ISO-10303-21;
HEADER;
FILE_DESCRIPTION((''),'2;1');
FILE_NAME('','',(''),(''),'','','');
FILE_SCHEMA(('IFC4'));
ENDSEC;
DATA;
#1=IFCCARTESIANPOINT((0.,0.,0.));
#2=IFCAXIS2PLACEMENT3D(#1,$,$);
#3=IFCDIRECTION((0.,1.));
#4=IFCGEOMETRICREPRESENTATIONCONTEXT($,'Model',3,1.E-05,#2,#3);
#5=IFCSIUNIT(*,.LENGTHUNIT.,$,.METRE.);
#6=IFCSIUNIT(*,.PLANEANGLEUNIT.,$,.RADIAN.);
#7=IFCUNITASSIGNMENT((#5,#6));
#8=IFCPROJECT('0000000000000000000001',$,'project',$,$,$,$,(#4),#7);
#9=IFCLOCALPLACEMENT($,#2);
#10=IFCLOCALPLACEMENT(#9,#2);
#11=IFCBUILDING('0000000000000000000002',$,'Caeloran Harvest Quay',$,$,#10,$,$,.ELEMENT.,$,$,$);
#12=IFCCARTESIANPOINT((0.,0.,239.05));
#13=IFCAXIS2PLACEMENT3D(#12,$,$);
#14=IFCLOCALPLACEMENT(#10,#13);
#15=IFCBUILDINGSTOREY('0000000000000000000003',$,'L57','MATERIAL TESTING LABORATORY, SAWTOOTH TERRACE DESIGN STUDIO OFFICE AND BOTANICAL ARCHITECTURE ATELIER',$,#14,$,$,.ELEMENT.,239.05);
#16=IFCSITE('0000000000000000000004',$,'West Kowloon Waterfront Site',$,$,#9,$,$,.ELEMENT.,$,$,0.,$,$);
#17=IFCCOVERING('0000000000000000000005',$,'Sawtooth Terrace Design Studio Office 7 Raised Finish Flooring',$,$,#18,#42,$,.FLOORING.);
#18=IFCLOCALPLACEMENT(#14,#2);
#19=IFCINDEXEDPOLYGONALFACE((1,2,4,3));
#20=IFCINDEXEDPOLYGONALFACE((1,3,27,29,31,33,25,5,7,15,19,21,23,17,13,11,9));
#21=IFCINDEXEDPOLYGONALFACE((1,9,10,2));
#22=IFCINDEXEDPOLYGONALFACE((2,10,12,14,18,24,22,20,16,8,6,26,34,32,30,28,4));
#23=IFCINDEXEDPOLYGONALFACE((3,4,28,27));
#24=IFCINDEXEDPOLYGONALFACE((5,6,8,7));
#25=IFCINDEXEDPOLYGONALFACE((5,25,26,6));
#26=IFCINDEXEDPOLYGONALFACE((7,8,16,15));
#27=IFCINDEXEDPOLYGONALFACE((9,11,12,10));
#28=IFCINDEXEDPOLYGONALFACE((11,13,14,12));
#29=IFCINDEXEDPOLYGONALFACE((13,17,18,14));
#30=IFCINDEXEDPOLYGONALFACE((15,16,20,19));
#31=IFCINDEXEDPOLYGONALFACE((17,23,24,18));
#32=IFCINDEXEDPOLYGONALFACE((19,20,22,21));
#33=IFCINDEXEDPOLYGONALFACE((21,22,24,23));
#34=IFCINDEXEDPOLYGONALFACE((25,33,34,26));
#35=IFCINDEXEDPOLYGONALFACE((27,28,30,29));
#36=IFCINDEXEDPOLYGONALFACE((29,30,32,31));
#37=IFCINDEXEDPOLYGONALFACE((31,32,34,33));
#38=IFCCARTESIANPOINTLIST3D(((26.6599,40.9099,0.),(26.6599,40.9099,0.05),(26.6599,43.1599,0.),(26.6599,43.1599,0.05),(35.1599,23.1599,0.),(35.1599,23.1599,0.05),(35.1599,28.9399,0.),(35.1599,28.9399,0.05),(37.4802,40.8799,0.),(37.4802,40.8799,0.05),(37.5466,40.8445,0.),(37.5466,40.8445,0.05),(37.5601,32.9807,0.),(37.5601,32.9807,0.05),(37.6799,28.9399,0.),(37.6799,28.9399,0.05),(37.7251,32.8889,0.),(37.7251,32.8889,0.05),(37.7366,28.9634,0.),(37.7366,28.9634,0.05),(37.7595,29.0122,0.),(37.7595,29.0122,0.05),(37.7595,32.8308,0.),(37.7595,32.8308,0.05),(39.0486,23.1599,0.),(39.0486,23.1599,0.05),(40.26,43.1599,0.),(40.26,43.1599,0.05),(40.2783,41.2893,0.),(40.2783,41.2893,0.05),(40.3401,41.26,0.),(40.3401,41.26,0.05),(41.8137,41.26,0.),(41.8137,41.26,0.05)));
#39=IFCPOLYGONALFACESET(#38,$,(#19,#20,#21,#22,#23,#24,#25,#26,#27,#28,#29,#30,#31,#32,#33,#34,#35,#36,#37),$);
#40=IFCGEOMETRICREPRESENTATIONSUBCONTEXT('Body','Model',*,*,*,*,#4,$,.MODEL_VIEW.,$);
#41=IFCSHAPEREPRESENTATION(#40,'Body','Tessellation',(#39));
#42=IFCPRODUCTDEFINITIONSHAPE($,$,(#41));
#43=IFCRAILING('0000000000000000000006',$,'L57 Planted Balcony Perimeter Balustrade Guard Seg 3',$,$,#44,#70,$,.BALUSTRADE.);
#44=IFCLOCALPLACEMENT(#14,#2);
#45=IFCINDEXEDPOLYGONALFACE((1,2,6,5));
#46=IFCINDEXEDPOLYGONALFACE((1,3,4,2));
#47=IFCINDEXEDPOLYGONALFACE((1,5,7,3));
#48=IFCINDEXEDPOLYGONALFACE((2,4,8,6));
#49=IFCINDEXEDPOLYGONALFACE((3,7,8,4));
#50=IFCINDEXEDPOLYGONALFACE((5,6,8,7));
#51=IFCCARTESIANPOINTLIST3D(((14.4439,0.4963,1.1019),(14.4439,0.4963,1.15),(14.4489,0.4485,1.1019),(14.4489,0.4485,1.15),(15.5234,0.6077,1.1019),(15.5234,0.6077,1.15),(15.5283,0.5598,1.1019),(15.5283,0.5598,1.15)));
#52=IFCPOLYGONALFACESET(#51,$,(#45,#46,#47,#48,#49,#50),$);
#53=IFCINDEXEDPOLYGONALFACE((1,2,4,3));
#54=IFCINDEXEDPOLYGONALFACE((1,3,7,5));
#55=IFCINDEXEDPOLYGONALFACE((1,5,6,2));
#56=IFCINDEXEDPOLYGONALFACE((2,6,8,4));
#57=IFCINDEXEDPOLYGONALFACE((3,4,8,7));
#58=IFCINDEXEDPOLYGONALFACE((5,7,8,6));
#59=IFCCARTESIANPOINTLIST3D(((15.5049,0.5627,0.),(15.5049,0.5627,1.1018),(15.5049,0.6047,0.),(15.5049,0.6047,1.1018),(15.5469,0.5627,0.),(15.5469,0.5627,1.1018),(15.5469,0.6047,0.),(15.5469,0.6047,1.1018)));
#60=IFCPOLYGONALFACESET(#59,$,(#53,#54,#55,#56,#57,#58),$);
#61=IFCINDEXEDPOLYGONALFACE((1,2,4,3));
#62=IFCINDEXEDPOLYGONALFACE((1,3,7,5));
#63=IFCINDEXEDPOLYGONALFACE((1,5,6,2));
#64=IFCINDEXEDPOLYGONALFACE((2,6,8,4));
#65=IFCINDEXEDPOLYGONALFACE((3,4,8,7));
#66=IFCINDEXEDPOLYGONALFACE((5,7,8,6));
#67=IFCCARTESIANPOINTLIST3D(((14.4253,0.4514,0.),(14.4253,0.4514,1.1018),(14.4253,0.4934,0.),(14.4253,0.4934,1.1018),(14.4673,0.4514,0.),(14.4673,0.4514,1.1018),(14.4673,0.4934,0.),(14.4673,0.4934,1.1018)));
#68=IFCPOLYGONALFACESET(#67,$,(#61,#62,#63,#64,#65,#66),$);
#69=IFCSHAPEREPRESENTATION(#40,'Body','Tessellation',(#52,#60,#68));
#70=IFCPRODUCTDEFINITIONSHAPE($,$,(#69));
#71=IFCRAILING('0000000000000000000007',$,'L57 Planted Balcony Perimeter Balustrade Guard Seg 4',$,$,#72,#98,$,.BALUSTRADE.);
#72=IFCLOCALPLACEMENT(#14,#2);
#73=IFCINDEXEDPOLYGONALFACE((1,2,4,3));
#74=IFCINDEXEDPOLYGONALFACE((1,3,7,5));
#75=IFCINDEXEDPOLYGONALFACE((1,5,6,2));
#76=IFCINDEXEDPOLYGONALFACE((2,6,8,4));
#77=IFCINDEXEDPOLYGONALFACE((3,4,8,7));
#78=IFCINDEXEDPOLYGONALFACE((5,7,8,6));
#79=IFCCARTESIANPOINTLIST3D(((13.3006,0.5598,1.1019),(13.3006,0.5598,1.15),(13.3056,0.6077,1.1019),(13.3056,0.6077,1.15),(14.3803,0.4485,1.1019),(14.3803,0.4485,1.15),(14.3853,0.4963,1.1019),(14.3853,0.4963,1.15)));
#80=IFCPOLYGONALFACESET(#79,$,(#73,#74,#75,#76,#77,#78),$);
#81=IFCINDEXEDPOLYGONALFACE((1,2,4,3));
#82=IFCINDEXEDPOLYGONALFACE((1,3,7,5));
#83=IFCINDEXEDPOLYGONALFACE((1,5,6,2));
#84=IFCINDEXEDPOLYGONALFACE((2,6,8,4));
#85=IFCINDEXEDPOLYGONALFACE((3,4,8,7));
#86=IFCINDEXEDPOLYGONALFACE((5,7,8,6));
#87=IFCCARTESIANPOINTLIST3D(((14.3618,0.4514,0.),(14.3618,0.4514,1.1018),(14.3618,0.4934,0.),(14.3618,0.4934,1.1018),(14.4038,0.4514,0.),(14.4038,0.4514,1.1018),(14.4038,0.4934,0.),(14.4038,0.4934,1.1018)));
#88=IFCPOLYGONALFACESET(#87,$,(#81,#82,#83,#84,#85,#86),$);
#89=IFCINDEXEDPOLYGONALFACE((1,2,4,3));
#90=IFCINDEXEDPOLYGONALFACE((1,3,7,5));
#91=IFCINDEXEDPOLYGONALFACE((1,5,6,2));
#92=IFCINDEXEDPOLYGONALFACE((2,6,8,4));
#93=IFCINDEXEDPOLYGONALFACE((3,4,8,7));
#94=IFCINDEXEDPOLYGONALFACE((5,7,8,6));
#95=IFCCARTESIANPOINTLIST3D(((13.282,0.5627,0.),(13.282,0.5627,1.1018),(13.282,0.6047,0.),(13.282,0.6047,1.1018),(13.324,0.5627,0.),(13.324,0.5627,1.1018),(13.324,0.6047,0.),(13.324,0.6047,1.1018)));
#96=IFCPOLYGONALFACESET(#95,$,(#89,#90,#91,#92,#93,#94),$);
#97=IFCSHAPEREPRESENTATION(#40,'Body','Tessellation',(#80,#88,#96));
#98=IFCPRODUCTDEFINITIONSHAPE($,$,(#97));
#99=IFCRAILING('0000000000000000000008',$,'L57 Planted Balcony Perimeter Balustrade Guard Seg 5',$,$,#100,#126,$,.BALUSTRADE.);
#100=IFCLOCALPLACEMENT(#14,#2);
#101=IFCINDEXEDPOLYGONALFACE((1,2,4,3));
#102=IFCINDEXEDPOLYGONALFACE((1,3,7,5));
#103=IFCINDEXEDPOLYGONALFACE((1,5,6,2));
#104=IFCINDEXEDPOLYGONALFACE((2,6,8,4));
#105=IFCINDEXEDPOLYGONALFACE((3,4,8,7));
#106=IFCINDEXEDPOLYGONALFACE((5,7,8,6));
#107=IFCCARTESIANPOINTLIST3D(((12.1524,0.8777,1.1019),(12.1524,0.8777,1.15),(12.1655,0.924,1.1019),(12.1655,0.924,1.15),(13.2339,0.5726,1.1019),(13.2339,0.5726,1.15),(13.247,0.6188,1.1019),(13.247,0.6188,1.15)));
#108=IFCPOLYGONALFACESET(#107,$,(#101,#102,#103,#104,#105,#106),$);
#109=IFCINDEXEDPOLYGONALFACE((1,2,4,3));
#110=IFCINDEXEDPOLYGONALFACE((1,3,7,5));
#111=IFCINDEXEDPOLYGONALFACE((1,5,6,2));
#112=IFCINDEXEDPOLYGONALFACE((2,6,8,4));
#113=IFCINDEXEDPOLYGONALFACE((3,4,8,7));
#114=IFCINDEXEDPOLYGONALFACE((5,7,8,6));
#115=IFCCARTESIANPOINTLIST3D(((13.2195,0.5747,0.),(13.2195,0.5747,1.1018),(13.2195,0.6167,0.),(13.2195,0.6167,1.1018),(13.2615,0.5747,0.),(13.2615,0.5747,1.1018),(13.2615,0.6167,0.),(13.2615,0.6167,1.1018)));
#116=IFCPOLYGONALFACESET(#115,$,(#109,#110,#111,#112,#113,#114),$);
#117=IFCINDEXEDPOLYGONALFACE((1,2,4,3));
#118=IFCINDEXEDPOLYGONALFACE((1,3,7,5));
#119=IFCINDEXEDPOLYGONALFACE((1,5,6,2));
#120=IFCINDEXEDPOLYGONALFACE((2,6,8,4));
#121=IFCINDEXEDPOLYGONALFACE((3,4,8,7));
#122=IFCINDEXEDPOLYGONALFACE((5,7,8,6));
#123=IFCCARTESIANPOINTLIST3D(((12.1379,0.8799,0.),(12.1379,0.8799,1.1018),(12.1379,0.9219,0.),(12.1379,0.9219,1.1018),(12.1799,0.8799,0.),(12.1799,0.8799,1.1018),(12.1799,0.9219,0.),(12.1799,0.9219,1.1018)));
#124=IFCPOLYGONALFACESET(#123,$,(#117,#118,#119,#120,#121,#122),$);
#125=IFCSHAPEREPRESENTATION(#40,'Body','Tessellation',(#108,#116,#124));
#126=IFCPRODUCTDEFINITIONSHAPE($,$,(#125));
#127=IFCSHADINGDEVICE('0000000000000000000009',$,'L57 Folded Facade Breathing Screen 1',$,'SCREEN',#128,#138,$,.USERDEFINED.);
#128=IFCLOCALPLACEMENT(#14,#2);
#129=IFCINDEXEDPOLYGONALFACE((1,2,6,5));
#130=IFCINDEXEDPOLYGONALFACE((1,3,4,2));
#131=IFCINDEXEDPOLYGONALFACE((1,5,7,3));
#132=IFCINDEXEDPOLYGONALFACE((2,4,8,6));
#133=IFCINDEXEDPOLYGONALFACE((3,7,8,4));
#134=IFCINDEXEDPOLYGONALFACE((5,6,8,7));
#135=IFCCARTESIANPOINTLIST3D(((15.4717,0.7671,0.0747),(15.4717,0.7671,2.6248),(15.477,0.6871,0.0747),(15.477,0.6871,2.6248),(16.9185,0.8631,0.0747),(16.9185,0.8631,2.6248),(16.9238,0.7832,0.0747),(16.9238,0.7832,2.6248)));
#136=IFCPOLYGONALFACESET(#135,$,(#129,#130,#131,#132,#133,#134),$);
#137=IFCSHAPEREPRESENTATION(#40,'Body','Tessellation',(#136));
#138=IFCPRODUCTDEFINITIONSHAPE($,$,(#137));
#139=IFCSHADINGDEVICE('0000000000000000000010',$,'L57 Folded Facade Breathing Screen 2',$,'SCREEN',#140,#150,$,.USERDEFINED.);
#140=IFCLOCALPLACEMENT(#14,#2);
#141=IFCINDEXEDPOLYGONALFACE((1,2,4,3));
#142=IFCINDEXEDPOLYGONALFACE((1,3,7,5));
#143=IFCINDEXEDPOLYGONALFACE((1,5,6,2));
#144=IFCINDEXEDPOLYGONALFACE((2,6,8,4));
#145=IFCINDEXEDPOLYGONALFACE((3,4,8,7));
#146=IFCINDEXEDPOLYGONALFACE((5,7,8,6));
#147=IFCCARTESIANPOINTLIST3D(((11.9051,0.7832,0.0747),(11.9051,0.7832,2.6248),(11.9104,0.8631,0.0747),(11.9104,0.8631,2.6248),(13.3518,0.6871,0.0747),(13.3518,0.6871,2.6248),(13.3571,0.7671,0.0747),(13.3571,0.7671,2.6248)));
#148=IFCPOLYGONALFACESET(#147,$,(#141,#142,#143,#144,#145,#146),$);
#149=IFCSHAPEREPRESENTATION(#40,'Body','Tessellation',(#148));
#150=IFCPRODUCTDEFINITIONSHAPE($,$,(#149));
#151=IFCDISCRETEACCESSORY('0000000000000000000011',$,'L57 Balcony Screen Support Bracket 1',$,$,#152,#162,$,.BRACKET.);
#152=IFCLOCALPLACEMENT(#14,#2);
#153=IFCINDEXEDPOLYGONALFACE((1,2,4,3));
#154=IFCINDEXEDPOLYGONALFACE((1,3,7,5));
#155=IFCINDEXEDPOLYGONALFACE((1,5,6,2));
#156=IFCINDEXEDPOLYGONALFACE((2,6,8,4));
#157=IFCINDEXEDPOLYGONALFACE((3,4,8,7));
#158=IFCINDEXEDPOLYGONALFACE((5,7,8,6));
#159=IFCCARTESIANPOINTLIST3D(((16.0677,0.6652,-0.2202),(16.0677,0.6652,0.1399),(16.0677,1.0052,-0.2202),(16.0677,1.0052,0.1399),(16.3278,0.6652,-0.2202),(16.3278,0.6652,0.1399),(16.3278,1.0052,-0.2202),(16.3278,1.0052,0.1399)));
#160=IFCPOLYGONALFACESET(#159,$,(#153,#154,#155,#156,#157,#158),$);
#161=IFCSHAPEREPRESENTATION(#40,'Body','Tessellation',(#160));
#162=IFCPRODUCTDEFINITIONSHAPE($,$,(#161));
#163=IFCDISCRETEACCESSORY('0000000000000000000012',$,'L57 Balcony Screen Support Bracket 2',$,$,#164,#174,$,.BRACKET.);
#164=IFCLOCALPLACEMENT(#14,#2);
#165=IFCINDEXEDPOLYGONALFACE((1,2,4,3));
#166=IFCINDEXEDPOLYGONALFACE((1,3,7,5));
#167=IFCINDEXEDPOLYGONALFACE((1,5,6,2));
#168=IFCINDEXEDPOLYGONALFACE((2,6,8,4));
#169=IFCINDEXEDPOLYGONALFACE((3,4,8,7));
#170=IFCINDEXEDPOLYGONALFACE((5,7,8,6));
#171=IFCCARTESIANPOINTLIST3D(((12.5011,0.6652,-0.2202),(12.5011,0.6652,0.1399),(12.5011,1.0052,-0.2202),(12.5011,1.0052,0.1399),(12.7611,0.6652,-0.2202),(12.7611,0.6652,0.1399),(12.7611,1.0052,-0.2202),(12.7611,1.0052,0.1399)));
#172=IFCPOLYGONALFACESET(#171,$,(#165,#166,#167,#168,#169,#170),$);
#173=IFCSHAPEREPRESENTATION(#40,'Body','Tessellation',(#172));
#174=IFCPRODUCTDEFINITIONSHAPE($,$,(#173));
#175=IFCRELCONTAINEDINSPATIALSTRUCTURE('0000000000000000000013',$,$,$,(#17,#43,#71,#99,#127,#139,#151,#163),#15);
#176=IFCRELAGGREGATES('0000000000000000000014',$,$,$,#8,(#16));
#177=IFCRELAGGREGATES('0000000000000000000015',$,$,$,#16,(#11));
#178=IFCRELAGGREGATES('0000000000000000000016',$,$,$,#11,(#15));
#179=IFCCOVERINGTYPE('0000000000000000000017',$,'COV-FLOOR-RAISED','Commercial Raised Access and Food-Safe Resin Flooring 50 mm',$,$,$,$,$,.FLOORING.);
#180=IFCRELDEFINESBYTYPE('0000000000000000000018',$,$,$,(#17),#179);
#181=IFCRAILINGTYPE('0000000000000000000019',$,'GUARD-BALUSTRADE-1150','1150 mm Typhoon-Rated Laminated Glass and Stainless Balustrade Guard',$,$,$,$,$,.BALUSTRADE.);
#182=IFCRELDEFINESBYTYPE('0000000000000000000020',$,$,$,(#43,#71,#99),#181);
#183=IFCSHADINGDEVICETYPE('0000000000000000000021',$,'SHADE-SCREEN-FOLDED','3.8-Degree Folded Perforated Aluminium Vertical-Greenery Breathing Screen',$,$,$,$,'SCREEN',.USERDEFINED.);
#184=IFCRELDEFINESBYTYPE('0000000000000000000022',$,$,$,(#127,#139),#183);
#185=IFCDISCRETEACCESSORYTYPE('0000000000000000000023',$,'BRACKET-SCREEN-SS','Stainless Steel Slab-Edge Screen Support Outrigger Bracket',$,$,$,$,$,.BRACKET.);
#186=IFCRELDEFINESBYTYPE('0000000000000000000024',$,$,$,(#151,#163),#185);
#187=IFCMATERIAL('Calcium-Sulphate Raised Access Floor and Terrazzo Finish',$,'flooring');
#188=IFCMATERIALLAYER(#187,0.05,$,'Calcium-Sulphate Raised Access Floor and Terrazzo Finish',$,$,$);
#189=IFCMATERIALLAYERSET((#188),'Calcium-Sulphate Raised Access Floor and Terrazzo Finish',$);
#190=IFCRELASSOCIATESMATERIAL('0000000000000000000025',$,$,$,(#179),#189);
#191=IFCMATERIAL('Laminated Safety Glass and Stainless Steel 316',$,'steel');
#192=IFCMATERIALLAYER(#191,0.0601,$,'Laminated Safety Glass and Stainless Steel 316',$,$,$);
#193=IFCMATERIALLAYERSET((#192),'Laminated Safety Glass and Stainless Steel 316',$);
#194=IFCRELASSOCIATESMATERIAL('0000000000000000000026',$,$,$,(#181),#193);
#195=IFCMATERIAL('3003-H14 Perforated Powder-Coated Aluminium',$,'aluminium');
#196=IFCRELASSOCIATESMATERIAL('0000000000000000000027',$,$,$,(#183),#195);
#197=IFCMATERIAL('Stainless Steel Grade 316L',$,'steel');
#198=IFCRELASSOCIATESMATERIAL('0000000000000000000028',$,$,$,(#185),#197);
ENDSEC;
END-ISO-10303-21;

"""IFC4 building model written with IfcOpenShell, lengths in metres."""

from ifc_helpers import new_model, si_unit, direction, frame, origin, origin_2d, place, context, subcontext, project, spatial, polyline, rectangle, outline, extrude, material, layer, layer_set, type_object, element, save


model = new_model("IFC4")

# Units and contexts
model_context = context("Model", 3, precision=1e-05, world=origin(), true_north=direction((0.0, 1.0)))
body_context = subcontext(model_context, "Body", "Model", "MODEL_VIEW")
ifc_project = project(units=[si_unit("LENGTHUNIT", "METRE"), si_unit("PLANEANGLEUNIT", "RADIAN")], contexts=[model_context])

# Site, building, storey
site_placement = place(None, origin())
site = spatial("IfcSite", under=ifc_project, at=site_placement, Name="West Kowloon Waterfront Site", CompositionType="ELEMENT", RefElevation=0.0)
building_placement = place(site_placement, origin())
building = spatial("IfcBuilding", under=site, at=building_placement, Name="Caeloran Harvest Quay", CompositionType="ELEMENT")
storey_placement = place(building_placement, frame((0.0, 0.0, 239.05)))
storey = spatial("IfcBuildingStorey", under=building, at=storey_placement, Name="L57", Description="MATERIAL TESTING LABORATORY, SAWTOOTH TERRACE DESIGN STUDIO OFFICE AND BOTANICAL ARCHITECTURE ATELIER", CompositionType="ELEMENT", Elevation=239.05)

# Covering
ifc_material_1 = material(Name="Calcium-Sulphate Raised Access Floor and Terrazzo Finish", Category="flooring")
ifc_layer_1 = layer(ifc_material_1, 0.05, Name="Calcium-Sulphate Raised Access Floor and Terrazzo Finish")
ifc_layer_set_1 = layer_set([ifc_layer_1], Name="Calcium-Sulphate Raised Access Floor and Terrazzo Finish")
covering_type_1 = type_object("IfcCoveringType", Name="COV-FLOOR-RAISED", Description="Commercial Raised Access and Food-Safe Resin Flooring 50 mm", PredefinedType="FLOORING", material=ifc_layer_set_1)
covering_1_placement = place(storey_placement, origin())
element("IfcCovering", 1, at=covering_1_placement, inside=storey, type_object=covering_type_1, Name="Sawtooth Terrace Design Studio Office 7 Raised Finish Flooring", PredefinedType="FLOORING", context=body_context, shape_type="SweptSolid", body=[
    extrude(outline(polyline([(26.6599, 43.1599), (40.26, 43.1599), (40.2783, 41.2893), (40.3401, 41.26), (41.8137, 41.26), (39.0486, 23.1599), (35.1599, 23.1599), (35.1599, 28.9399), (37.6799, 28.9399), (37.7366, 28.9634), (37.7595, 29.0122), (37.7595, 32.8308), (37.7251, 32.8889), (37.5601, 32.9807), (37.5466, 40.8445), (37.4802, 40.8799), (26.6599, 40.9099), (26.6599, 43.1599)])), origin(), (0.0, 0.0, 1.0), 0.05),
])

# Railings
ifc_material_2 = material(Name="Laminated Safety Glass and Stainless Steel 316", Category="steel")
ifc_layer_2 = layer(ifc_material_2, 0.0601, Name="Laminated Safety Glass and Stainless Steel 316")
ifc_layer_set_2 = layer_set([ifc_layer_2], Name="Laminated Safety Glass and Stainless Steel 316")
railing_type = type_object("IfcRailingType", Name="GUARD-BALUSTRADE-1150", Description="1150 mm Typhoon-Rated Laminated Glass and Stainless Balustrade Guard", PredefinedType="BALUSTRADE", material=ifc_layer_set_2)
railing_1_placement = place(storey_placement, frame((15.5259, 0.5837, 0.0)))
element("IfcRailing", 2, at=railing_1_placement, inside=storey, type_object=railing_type, Name="L57 Planted Balcony Perimeter Balustrade Guard Seg 3", PredefinedType="BALUSTRADE", context=body_context, shape_type="SweptSolid", body=[
    extrude(rectangle(XDim=0.0481, YDim=0.0481, at=origin_2d()), frame((0.0, 0.0, 1.126), z_axis=(-0.994725, -0.102577, 0.0), x_axis=(0.102577, -0.994725, 0.0)), (0.0, 0.0, 1.0), 1.0852),
    extrude(rectangle(XDim=0.042, YDim=0.042, at=origin_2d()), origin(), (0.0, 0.0, 1.0), 1.1018),
    extrude(rectangle(XDim=0.042, YDim=0.042, at=origin_2d()), frame((-1.0796, -0.1113, 0.0)), (0.0, 0.0, 1.0), 1.1018),
])
railing_2_placement = place(storey_placement, frame((14.3828, 0.4724, 0.0)))
element("IfcRailing", 3, at=railing_2_placement, inside=storey, type_object=railing_type, Name="L57 Planted Balcony Perimeter Balustrade Guard Seg 4", PredefinedType="BALUSTRADE", context=body_context, shape_type="SweptSolid", body=[
    extrude(rectangle(XDim=0.0481, YDim=0.0481, at=origin_2d()), frame((0.0, 0.0, 1.126), z_axis=(-0.994727, 0.102554, 0.0), x_axis=(-0.102554, -0.994727, 0.0)), (0.0, 0.0, 1.0), 1.0854),
    extrude(rectangle(XDim=0.042, YDim=0.042, at=origin_2d()), origin(), (0.0, 0.0, 1.0), 1.1018),
    extrude(rectangle(XDim=0.042, YDim=0.042, at=origin_2d()), frame((-1.0798, 0.1113, 0.0)), (0.0, 0.0, 1.0), 1.1018),
])
railing_3_placement = place(storey_placement, frame((13.2405, 0.5957, 0.0)))
element("IfcRailing", 4, at=railing_3_placement, inside=storey, type_object=railing_type, Name="L57 Planted Balcony Perimeter Balustrade Guard Seg 5", PredefinedType="BALUSTRADE", context=body_context, shape_type="SweptSolid", body=[
    extrude(rectangle(XDim=0.0481, YDim=0.0481, at=origin_2d()), frame((0.0, 0.0, 1.126), z_axis=(-0.962421, 0.271563, 0.0), x_axis=(-0.271563, -0.962421, 0.0)), (0.0, 0.0, 1.0), 1.1238),
    extrude(rectangle(XDim=0.042, YDim=0.042, at=origin_2d()), origin(), (0.0, 0.0, 1.0), 1.1018),
    extrude(rectangle(XDim=0.042, YDim=0.042, at=origin_2d()), frame((-1.0815, 0.3052, 0.0)), (0.0, 0.0, 1.0), 1.1018),
])

# Shading devices
ifc_material_3 = material(Name="3003-H14 Perforated Powder-Coated Aluminium", Category="aluminium")
shading_device_type = type_object("IfcShadingDeviceType", Name="SHADE-SCREEN-FOLDED", Description="3.8-Degree Folded Perforated Aluminium Vertical-Greenery Breathing Screen", ElementType="SCREEN", PredefinedType="USERDEFINED", material=ifc_material_3)
for number, where, z_axis, x_axis, name in (
    (5, (16.1978, 0.7751, 0.0747), (0.0, 0.0, 1.0), (0.997801, 0.066274, 0.0), "L57 Folded Facade Breathing Screen 1"),
    (6, (12.6311, 0.7751, 0.0747), (0.0, 0.0, 1.0), (0.997801, -0.066274, 0.0), "L57 Folded Facade Breathing Screen 2"),
):
    element("IfcShadingDevice", number, at=place(storey_placement, frame(where, z_axis=z_axis, x_axis=x_axis)), inside=storey, type_object=shading_device_type, Name=name, ObjectType="SCREEN", PredefinedType="USERDEFINED", context=body_context, shape_type="SweptSolid", body=[
        extrude(rectangle(XDim=1.45, YDim=0.0801, at=origin_2d()), origin(), (0.0, 0.0, 1.0), 2.55),
    ])

# Discrete accessories
ifc_material_4 = material(Name="Stainless Steel Grade 316L", Category="steel")
discrete_accessory_type = type_object("IfcDiscreteAccessoryType", Name="BRACKET-SCREEN-SS", Description="Stainless Steel Slab-Edge Screen Support Outrigger Bracket", PredefinedType="BRACKET", material=ifc_material_4)
for number, where, z_axis, x_axis, name in (
    (7, (16.1978, 0.8352, -0.2202), (0.0, 0.0, 1.0), (1.0, 0.0, 0.0), "L57 Balcony Screen Support Bracket 1"),
    (8, (12.6311, 0.8352, -0.2202), (0.0, 0.0, 1.0), (1.0, 0.0, 0.0), "L57 Balcony Screen Support Bracket 2"),
):
    element("IfcDiscreteAccessory", number, at=place(storey_placement, frame(where, z_axis=z_axis, x_axis=x_axis)), inside=storey, type_object=discrete_accessory_type, Name=name, PredefinedType="BRACKET", context=body_context, shape_type="SweptSolid", body=[
        extrude(rectangle(XDim=0.26, YDim=0.3401, at=origin_2d()), origin(), (0.0, 0.0, 1.0), 0.3601),
    ])

save(model, "model.ifc")
